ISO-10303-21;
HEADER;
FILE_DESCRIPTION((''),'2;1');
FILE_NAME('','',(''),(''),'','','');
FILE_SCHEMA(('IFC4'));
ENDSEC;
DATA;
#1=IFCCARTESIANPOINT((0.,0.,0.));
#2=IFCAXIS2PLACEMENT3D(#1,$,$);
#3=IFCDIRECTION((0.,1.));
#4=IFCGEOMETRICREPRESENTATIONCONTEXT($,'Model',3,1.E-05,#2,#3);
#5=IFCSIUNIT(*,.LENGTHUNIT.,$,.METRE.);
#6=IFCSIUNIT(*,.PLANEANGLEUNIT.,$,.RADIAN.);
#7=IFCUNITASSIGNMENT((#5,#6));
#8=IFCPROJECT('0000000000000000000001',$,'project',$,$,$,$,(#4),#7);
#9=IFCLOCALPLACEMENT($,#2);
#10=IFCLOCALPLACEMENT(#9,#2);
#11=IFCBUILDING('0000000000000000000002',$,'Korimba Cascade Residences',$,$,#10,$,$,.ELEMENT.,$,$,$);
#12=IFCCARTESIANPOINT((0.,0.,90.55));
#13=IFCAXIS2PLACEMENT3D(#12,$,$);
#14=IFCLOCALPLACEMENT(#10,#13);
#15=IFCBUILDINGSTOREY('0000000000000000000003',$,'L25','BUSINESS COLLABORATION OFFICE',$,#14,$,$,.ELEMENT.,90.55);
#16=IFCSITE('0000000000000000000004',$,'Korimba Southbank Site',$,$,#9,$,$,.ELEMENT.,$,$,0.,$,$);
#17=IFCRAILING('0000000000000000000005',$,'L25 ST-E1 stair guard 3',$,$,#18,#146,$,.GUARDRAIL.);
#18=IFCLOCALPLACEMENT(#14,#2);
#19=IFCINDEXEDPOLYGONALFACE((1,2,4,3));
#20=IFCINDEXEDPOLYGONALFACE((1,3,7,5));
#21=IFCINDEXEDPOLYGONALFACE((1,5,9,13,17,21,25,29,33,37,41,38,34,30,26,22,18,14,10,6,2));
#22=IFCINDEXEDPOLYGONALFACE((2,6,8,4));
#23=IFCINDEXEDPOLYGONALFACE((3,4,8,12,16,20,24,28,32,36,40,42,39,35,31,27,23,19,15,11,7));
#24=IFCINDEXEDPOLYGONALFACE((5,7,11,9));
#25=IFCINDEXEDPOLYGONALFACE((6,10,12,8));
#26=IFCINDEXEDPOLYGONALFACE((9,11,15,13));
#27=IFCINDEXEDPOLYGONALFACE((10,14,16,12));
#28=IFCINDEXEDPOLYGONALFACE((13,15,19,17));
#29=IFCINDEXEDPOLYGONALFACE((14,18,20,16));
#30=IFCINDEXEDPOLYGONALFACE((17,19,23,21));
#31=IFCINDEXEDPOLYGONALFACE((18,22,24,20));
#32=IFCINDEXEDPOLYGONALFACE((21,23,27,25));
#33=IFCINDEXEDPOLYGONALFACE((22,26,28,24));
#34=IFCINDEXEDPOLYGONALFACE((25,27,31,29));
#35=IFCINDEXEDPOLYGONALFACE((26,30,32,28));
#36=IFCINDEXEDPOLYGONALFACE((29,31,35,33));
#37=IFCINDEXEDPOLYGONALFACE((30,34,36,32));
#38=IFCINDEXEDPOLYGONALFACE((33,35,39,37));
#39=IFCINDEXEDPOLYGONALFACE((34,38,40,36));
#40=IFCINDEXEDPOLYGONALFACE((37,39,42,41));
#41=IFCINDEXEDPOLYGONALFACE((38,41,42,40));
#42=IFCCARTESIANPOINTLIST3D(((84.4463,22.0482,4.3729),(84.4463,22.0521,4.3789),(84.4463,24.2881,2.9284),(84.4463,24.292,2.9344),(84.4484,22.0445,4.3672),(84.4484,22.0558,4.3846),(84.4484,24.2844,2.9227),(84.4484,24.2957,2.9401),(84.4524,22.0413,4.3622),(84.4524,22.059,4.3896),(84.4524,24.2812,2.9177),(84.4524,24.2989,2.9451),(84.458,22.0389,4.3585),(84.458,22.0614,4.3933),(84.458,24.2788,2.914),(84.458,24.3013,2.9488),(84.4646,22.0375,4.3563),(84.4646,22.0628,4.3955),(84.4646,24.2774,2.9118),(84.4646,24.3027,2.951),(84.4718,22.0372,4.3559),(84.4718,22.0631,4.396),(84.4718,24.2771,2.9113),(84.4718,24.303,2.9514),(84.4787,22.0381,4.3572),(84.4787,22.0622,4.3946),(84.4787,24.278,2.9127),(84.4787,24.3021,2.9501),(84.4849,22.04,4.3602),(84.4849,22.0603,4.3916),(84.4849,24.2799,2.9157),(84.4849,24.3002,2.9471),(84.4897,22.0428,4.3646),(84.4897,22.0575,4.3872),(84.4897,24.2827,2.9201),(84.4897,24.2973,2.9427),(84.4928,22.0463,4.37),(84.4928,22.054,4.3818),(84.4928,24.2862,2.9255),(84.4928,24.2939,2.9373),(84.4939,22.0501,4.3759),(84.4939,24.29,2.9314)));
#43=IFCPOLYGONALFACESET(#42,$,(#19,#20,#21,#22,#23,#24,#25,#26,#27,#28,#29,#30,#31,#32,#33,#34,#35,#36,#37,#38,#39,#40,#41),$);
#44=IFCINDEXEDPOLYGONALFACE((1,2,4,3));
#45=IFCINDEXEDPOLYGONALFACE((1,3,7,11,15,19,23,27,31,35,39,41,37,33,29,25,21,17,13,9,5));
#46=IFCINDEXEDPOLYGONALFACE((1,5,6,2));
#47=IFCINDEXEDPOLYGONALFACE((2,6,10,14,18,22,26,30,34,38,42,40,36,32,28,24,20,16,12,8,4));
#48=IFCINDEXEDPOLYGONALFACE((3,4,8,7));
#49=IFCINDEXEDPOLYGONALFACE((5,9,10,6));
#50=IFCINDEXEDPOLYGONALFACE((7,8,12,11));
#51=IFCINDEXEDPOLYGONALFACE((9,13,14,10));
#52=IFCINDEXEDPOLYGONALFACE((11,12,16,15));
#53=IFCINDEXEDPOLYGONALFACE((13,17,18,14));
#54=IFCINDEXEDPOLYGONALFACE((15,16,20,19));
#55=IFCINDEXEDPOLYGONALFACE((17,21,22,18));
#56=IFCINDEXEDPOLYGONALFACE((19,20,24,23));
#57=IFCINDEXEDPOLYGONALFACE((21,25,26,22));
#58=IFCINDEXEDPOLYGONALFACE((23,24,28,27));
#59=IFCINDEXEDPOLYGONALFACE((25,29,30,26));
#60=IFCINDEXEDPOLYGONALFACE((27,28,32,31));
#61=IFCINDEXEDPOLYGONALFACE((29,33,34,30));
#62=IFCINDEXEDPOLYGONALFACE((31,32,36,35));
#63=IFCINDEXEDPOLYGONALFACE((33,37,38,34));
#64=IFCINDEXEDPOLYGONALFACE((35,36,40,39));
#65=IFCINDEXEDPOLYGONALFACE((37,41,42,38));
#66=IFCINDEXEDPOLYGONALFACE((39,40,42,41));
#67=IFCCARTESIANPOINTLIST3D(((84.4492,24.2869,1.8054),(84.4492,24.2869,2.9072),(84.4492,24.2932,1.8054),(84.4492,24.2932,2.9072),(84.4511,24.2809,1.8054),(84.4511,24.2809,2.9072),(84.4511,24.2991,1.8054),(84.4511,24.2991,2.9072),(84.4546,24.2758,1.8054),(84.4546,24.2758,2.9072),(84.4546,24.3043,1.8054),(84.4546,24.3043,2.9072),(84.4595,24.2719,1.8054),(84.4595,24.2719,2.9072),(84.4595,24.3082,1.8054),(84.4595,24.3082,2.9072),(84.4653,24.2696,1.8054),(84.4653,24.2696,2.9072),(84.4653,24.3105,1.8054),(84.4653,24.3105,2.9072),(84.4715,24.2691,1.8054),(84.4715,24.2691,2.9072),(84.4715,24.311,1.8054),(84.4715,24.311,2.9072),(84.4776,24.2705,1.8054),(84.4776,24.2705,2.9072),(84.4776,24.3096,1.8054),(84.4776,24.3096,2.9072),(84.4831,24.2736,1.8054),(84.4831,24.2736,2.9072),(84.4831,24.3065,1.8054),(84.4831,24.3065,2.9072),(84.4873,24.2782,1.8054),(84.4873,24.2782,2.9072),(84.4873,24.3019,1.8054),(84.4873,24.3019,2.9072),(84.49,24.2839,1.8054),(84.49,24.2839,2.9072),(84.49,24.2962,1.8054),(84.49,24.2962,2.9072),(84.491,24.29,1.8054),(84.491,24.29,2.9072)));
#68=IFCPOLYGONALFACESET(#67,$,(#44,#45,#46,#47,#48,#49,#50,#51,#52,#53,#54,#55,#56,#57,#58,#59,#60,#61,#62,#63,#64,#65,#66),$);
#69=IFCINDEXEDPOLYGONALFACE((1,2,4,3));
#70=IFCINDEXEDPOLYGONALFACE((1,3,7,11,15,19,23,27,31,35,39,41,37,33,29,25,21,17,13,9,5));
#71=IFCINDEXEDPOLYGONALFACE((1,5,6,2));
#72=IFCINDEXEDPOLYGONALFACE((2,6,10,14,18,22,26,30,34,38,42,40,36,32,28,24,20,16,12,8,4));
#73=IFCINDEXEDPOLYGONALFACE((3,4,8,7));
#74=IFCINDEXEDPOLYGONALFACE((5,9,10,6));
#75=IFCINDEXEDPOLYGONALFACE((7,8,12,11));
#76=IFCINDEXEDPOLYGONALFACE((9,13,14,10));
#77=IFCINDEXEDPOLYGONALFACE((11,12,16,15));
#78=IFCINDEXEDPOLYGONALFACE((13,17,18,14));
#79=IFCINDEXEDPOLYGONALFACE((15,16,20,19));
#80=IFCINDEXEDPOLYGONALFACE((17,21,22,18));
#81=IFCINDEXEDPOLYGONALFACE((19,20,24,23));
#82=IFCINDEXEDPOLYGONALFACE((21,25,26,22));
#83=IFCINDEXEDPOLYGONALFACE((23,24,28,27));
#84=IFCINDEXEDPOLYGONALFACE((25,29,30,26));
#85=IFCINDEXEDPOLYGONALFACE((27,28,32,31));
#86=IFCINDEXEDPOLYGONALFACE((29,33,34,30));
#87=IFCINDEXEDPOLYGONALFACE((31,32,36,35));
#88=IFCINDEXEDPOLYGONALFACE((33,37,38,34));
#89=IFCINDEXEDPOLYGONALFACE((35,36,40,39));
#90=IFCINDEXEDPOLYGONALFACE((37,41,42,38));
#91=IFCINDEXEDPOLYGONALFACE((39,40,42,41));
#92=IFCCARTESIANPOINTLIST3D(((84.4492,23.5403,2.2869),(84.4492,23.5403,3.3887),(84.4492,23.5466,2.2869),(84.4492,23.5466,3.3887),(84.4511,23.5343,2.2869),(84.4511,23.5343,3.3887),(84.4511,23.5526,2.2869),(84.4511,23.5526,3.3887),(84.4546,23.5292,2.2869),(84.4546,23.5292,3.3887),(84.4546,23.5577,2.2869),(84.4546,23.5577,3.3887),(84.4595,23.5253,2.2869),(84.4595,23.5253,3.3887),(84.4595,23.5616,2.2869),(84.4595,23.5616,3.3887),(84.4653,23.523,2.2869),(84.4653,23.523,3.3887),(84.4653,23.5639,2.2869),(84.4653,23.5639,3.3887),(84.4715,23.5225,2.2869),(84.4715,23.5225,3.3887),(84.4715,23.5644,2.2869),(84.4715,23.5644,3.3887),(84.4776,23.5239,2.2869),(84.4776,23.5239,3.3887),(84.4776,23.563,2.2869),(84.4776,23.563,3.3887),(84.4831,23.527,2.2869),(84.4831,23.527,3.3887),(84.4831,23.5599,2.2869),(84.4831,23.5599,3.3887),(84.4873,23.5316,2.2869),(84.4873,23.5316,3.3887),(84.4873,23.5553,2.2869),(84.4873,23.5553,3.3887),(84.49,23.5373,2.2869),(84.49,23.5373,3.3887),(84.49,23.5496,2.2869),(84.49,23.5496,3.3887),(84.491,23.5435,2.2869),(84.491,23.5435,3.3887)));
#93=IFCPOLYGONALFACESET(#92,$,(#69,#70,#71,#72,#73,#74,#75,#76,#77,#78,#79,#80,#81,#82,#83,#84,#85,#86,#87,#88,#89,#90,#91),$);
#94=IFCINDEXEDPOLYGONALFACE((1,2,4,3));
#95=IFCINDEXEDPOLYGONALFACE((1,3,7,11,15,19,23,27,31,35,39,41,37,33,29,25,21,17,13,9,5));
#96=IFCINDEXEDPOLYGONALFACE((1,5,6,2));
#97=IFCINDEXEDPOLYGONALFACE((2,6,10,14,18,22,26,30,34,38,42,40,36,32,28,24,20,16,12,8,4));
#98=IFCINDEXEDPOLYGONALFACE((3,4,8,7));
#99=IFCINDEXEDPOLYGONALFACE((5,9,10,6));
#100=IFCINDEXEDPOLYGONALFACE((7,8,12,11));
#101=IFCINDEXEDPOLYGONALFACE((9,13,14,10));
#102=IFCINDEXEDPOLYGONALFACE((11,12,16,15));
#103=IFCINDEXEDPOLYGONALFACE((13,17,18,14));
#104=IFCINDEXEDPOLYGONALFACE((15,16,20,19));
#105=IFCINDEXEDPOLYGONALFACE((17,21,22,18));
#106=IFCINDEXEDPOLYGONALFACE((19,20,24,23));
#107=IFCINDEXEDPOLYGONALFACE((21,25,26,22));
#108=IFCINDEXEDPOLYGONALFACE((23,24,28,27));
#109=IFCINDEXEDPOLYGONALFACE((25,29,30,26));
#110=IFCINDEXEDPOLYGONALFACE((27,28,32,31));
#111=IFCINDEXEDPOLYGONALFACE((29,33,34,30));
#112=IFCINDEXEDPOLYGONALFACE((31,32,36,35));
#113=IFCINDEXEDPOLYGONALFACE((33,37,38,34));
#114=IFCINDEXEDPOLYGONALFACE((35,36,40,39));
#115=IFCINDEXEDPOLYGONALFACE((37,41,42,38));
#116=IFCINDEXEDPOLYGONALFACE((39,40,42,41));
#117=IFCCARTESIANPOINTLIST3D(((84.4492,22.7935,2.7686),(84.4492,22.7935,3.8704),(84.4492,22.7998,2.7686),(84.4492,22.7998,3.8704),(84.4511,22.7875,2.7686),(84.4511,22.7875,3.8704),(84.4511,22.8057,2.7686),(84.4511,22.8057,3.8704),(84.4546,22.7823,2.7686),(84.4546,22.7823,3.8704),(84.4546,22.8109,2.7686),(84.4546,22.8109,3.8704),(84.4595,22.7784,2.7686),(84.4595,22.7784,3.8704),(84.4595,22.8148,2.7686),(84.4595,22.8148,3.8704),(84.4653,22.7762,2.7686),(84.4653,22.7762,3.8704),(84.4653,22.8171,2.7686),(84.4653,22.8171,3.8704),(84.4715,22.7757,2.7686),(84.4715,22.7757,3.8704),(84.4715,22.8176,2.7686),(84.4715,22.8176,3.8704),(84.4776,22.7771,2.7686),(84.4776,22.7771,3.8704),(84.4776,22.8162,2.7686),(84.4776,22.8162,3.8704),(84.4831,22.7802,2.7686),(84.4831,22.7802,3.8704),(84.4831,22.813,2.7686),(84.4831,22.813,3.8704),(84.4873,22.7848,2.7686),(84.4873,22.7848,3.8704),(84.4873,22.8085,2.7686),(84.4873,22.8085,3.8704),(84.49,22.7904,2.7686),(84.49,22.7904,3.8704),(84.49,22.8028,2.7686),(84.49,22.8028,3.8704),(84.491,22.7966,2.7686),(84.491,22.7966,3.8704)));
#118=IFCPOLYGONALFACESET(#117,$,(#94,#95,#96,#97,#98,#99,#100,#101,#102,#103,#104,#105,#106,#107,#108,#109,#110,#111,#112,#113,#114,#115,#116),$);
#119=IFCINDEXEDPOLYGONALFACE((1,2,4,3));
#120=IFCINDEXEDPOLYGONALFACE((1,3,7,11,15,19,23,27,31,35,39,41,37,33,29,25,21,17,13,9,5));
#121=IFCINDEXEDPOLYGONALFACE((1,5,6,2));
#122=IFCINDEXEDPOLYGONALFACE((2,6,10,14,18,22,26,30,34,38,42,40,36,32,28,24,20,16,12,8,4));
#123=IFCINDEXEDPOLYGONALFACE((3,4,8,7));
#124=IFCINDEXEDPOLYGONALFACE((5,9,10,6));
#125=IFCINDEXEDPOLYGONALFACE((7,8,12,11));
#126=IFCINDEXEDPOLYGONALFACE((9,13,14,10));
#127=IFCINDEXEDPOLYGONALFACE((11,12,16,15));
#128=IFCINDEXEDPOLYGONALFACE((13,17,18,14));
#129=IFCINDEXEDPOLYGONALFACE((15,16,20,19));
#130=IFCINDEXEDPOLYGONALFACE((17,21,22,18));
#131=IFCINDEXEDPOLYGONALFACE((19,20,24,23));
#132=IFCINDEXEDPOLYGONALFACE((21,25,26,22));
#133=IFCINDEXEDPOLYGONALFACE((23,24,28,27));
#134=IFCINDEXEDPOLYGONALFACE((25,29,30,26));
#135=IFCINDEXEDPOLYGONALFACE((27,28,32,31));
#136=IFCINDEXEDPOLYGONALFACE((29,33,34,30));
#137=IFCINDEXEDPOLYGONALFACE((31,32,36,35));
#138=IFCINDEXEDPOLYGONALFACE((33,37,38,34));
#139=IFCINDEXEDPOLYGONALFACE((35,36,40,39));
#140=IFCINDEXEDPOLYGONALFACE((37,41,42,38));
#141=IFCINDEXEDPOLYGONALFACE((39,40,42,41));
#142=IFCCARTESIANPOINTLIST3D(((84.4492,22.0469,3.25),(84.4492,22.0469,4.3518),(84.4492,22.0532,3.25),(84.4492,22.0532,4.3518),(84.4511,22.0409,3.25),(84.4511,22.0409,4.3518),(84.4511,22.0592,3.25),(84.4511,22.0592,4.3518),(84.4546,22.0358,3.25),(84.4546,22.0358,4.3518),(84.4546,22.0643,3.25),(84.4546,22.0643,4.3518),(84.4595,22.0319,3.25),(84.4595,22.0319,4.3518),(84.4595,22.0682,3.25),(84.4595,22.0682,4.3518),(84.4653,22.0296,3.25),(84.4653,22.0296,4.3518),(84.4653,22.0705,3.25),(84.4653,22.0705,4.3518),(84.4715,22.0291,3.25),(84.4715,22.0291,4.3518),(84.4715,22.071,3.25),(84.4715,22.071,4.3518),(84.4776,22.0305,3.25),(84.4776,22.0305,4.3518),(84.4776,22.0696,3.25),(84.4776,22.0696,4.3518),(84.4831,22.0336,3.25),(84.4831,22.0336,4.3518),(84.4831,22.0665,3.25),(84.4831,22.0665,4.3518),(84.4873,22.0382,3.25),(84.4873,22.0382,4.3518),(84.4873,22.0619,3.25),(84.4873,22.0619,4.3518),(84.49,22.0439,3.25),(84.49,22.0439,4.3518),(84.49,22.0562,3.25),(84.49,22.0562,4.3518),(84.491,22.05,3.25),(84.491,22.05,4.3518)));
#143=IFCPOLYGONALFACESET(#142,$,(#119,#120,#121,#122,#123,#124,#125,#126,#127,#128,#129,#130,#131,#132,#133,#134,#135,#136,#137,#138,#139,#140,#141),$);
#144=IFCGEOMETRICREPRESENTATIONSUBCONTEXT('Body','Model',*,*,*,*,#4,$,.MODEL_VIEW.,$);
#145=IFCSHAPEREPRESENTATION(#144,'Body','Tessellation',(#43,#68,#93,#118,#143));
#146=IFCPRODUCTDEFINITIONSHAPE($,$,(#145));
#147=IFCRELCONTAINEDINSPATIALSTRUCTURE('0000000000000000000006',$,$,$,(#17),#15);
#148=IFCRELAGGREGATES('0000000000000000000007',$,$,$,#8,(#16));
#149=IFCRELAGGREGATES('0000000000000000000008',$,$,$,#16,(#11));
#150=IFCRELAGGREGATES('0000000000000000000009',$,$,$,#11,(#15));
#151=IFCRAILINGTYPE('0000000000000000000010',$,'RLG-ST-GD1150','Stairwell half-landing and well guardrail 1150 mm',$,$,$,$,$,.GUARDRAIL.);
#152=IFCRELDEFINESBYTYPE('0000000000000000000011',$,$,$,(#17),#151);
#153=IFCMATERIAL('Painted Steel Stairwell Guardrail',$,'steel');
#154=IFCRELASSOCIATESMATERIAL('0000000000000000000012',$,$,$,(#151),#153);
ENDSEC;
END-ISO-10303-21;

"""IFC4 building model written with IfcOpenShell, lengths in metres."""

from ifc_helpers import new_model, si_unit, direction, frame, origin, origin_2d, place, context, subcontext, project, spatial, circle, extrude, material, type_object, element, save


model = new_model("IFC4")

# Units and contexts
model_context = context("Model", 3, precision=1e-05, world=origin(), true_north=direction((0.0, 1.0)))
body_context = subcontext(model_context, "Body", "Model", "MODEL_VIEW")
ifc_project = project(units=[si_unit("LENGTHUNIT", "METRE"), si_unit("PLANEANGLEUNIT", "RADIAN")], contexts=[model_context])

# Site, building, storey
site_placement = place(None, origin())
site = spatial("IfcSite", under=ifc_project, at=site_placement, Name="Korimba Southbank Site", CompositionType="ELEMENT", RefElevation=0.0)
building_placement = place(site_placement, origin())
building = spatial("IfcBuilding", under=site, at=building_placement, Name="Korimba Cascade Residences", CompositionType="ELEMENT")
storey_placement = place(building_placement, frame((0.0, 0.0, 90.55)))
storey = spatial("IfcBuildingStorey", under=building, at=storey_placement, Name="L25", Description="BUSINESS COLLABORATION OFFICE", CompositionType="ELEMENT", Elevation=90.55)

# Railing
ifc_material_1 = material(Name="Painted Steel Stairwell Guardrail", Category="steel")
railing_type_1 = type_object("IfcRailingType", Name="RLG-ST-GD1150", Description="Stairwell half-landing and well guardrail 1150 mm", PredefinedType="GUARDRAIL", material=ifc_material_1)
railing_1_placement = place(storey_placement, frame((84.47, 24.29, 1.8054)))
element("IfcRailing", 1, at=railing_1_placement, inside=storey, type_object=railing_type_1, Name="L25 ST-E1 stair guard 3", PredefinedType="GUARDRAIL", context=body_context, shape_type="SweptSolid", body=[
    extrude(circle(Radius=0.0239, at=origin_2d()), frame((0.0, 0.0, 1.126), z_axis=(0.0, -0.840395, 0.541975), x_axis=(1.0, 0.0, 0.0)), (0.0, 0.0, 1.0), 2.6653),
    extrude(circle(Radius=0.021, at=origin_2d()), origin(), (0.0, 0.0, 1.0), 1.1018),
    extrude(circle(Radius=0.021, at=origin_2d()), frame((0.0, -0.7466, 0.4814)), (0.0, 0.0, 1.0), 1.1018),
    extrude(circle(Radius=0.021, at=origin_2d()), frame((0.0, -1.4934, 0.9631)), (0.0, 0.0, 1.0), 1.1018),
    extrude(circle(Radius=0.021, at=origin_2d()), frame((0.0, -2.24, 1.4446)), (0.0, 0.0, 1.0), 1.1018),
])

save(model, "model.ifc")
